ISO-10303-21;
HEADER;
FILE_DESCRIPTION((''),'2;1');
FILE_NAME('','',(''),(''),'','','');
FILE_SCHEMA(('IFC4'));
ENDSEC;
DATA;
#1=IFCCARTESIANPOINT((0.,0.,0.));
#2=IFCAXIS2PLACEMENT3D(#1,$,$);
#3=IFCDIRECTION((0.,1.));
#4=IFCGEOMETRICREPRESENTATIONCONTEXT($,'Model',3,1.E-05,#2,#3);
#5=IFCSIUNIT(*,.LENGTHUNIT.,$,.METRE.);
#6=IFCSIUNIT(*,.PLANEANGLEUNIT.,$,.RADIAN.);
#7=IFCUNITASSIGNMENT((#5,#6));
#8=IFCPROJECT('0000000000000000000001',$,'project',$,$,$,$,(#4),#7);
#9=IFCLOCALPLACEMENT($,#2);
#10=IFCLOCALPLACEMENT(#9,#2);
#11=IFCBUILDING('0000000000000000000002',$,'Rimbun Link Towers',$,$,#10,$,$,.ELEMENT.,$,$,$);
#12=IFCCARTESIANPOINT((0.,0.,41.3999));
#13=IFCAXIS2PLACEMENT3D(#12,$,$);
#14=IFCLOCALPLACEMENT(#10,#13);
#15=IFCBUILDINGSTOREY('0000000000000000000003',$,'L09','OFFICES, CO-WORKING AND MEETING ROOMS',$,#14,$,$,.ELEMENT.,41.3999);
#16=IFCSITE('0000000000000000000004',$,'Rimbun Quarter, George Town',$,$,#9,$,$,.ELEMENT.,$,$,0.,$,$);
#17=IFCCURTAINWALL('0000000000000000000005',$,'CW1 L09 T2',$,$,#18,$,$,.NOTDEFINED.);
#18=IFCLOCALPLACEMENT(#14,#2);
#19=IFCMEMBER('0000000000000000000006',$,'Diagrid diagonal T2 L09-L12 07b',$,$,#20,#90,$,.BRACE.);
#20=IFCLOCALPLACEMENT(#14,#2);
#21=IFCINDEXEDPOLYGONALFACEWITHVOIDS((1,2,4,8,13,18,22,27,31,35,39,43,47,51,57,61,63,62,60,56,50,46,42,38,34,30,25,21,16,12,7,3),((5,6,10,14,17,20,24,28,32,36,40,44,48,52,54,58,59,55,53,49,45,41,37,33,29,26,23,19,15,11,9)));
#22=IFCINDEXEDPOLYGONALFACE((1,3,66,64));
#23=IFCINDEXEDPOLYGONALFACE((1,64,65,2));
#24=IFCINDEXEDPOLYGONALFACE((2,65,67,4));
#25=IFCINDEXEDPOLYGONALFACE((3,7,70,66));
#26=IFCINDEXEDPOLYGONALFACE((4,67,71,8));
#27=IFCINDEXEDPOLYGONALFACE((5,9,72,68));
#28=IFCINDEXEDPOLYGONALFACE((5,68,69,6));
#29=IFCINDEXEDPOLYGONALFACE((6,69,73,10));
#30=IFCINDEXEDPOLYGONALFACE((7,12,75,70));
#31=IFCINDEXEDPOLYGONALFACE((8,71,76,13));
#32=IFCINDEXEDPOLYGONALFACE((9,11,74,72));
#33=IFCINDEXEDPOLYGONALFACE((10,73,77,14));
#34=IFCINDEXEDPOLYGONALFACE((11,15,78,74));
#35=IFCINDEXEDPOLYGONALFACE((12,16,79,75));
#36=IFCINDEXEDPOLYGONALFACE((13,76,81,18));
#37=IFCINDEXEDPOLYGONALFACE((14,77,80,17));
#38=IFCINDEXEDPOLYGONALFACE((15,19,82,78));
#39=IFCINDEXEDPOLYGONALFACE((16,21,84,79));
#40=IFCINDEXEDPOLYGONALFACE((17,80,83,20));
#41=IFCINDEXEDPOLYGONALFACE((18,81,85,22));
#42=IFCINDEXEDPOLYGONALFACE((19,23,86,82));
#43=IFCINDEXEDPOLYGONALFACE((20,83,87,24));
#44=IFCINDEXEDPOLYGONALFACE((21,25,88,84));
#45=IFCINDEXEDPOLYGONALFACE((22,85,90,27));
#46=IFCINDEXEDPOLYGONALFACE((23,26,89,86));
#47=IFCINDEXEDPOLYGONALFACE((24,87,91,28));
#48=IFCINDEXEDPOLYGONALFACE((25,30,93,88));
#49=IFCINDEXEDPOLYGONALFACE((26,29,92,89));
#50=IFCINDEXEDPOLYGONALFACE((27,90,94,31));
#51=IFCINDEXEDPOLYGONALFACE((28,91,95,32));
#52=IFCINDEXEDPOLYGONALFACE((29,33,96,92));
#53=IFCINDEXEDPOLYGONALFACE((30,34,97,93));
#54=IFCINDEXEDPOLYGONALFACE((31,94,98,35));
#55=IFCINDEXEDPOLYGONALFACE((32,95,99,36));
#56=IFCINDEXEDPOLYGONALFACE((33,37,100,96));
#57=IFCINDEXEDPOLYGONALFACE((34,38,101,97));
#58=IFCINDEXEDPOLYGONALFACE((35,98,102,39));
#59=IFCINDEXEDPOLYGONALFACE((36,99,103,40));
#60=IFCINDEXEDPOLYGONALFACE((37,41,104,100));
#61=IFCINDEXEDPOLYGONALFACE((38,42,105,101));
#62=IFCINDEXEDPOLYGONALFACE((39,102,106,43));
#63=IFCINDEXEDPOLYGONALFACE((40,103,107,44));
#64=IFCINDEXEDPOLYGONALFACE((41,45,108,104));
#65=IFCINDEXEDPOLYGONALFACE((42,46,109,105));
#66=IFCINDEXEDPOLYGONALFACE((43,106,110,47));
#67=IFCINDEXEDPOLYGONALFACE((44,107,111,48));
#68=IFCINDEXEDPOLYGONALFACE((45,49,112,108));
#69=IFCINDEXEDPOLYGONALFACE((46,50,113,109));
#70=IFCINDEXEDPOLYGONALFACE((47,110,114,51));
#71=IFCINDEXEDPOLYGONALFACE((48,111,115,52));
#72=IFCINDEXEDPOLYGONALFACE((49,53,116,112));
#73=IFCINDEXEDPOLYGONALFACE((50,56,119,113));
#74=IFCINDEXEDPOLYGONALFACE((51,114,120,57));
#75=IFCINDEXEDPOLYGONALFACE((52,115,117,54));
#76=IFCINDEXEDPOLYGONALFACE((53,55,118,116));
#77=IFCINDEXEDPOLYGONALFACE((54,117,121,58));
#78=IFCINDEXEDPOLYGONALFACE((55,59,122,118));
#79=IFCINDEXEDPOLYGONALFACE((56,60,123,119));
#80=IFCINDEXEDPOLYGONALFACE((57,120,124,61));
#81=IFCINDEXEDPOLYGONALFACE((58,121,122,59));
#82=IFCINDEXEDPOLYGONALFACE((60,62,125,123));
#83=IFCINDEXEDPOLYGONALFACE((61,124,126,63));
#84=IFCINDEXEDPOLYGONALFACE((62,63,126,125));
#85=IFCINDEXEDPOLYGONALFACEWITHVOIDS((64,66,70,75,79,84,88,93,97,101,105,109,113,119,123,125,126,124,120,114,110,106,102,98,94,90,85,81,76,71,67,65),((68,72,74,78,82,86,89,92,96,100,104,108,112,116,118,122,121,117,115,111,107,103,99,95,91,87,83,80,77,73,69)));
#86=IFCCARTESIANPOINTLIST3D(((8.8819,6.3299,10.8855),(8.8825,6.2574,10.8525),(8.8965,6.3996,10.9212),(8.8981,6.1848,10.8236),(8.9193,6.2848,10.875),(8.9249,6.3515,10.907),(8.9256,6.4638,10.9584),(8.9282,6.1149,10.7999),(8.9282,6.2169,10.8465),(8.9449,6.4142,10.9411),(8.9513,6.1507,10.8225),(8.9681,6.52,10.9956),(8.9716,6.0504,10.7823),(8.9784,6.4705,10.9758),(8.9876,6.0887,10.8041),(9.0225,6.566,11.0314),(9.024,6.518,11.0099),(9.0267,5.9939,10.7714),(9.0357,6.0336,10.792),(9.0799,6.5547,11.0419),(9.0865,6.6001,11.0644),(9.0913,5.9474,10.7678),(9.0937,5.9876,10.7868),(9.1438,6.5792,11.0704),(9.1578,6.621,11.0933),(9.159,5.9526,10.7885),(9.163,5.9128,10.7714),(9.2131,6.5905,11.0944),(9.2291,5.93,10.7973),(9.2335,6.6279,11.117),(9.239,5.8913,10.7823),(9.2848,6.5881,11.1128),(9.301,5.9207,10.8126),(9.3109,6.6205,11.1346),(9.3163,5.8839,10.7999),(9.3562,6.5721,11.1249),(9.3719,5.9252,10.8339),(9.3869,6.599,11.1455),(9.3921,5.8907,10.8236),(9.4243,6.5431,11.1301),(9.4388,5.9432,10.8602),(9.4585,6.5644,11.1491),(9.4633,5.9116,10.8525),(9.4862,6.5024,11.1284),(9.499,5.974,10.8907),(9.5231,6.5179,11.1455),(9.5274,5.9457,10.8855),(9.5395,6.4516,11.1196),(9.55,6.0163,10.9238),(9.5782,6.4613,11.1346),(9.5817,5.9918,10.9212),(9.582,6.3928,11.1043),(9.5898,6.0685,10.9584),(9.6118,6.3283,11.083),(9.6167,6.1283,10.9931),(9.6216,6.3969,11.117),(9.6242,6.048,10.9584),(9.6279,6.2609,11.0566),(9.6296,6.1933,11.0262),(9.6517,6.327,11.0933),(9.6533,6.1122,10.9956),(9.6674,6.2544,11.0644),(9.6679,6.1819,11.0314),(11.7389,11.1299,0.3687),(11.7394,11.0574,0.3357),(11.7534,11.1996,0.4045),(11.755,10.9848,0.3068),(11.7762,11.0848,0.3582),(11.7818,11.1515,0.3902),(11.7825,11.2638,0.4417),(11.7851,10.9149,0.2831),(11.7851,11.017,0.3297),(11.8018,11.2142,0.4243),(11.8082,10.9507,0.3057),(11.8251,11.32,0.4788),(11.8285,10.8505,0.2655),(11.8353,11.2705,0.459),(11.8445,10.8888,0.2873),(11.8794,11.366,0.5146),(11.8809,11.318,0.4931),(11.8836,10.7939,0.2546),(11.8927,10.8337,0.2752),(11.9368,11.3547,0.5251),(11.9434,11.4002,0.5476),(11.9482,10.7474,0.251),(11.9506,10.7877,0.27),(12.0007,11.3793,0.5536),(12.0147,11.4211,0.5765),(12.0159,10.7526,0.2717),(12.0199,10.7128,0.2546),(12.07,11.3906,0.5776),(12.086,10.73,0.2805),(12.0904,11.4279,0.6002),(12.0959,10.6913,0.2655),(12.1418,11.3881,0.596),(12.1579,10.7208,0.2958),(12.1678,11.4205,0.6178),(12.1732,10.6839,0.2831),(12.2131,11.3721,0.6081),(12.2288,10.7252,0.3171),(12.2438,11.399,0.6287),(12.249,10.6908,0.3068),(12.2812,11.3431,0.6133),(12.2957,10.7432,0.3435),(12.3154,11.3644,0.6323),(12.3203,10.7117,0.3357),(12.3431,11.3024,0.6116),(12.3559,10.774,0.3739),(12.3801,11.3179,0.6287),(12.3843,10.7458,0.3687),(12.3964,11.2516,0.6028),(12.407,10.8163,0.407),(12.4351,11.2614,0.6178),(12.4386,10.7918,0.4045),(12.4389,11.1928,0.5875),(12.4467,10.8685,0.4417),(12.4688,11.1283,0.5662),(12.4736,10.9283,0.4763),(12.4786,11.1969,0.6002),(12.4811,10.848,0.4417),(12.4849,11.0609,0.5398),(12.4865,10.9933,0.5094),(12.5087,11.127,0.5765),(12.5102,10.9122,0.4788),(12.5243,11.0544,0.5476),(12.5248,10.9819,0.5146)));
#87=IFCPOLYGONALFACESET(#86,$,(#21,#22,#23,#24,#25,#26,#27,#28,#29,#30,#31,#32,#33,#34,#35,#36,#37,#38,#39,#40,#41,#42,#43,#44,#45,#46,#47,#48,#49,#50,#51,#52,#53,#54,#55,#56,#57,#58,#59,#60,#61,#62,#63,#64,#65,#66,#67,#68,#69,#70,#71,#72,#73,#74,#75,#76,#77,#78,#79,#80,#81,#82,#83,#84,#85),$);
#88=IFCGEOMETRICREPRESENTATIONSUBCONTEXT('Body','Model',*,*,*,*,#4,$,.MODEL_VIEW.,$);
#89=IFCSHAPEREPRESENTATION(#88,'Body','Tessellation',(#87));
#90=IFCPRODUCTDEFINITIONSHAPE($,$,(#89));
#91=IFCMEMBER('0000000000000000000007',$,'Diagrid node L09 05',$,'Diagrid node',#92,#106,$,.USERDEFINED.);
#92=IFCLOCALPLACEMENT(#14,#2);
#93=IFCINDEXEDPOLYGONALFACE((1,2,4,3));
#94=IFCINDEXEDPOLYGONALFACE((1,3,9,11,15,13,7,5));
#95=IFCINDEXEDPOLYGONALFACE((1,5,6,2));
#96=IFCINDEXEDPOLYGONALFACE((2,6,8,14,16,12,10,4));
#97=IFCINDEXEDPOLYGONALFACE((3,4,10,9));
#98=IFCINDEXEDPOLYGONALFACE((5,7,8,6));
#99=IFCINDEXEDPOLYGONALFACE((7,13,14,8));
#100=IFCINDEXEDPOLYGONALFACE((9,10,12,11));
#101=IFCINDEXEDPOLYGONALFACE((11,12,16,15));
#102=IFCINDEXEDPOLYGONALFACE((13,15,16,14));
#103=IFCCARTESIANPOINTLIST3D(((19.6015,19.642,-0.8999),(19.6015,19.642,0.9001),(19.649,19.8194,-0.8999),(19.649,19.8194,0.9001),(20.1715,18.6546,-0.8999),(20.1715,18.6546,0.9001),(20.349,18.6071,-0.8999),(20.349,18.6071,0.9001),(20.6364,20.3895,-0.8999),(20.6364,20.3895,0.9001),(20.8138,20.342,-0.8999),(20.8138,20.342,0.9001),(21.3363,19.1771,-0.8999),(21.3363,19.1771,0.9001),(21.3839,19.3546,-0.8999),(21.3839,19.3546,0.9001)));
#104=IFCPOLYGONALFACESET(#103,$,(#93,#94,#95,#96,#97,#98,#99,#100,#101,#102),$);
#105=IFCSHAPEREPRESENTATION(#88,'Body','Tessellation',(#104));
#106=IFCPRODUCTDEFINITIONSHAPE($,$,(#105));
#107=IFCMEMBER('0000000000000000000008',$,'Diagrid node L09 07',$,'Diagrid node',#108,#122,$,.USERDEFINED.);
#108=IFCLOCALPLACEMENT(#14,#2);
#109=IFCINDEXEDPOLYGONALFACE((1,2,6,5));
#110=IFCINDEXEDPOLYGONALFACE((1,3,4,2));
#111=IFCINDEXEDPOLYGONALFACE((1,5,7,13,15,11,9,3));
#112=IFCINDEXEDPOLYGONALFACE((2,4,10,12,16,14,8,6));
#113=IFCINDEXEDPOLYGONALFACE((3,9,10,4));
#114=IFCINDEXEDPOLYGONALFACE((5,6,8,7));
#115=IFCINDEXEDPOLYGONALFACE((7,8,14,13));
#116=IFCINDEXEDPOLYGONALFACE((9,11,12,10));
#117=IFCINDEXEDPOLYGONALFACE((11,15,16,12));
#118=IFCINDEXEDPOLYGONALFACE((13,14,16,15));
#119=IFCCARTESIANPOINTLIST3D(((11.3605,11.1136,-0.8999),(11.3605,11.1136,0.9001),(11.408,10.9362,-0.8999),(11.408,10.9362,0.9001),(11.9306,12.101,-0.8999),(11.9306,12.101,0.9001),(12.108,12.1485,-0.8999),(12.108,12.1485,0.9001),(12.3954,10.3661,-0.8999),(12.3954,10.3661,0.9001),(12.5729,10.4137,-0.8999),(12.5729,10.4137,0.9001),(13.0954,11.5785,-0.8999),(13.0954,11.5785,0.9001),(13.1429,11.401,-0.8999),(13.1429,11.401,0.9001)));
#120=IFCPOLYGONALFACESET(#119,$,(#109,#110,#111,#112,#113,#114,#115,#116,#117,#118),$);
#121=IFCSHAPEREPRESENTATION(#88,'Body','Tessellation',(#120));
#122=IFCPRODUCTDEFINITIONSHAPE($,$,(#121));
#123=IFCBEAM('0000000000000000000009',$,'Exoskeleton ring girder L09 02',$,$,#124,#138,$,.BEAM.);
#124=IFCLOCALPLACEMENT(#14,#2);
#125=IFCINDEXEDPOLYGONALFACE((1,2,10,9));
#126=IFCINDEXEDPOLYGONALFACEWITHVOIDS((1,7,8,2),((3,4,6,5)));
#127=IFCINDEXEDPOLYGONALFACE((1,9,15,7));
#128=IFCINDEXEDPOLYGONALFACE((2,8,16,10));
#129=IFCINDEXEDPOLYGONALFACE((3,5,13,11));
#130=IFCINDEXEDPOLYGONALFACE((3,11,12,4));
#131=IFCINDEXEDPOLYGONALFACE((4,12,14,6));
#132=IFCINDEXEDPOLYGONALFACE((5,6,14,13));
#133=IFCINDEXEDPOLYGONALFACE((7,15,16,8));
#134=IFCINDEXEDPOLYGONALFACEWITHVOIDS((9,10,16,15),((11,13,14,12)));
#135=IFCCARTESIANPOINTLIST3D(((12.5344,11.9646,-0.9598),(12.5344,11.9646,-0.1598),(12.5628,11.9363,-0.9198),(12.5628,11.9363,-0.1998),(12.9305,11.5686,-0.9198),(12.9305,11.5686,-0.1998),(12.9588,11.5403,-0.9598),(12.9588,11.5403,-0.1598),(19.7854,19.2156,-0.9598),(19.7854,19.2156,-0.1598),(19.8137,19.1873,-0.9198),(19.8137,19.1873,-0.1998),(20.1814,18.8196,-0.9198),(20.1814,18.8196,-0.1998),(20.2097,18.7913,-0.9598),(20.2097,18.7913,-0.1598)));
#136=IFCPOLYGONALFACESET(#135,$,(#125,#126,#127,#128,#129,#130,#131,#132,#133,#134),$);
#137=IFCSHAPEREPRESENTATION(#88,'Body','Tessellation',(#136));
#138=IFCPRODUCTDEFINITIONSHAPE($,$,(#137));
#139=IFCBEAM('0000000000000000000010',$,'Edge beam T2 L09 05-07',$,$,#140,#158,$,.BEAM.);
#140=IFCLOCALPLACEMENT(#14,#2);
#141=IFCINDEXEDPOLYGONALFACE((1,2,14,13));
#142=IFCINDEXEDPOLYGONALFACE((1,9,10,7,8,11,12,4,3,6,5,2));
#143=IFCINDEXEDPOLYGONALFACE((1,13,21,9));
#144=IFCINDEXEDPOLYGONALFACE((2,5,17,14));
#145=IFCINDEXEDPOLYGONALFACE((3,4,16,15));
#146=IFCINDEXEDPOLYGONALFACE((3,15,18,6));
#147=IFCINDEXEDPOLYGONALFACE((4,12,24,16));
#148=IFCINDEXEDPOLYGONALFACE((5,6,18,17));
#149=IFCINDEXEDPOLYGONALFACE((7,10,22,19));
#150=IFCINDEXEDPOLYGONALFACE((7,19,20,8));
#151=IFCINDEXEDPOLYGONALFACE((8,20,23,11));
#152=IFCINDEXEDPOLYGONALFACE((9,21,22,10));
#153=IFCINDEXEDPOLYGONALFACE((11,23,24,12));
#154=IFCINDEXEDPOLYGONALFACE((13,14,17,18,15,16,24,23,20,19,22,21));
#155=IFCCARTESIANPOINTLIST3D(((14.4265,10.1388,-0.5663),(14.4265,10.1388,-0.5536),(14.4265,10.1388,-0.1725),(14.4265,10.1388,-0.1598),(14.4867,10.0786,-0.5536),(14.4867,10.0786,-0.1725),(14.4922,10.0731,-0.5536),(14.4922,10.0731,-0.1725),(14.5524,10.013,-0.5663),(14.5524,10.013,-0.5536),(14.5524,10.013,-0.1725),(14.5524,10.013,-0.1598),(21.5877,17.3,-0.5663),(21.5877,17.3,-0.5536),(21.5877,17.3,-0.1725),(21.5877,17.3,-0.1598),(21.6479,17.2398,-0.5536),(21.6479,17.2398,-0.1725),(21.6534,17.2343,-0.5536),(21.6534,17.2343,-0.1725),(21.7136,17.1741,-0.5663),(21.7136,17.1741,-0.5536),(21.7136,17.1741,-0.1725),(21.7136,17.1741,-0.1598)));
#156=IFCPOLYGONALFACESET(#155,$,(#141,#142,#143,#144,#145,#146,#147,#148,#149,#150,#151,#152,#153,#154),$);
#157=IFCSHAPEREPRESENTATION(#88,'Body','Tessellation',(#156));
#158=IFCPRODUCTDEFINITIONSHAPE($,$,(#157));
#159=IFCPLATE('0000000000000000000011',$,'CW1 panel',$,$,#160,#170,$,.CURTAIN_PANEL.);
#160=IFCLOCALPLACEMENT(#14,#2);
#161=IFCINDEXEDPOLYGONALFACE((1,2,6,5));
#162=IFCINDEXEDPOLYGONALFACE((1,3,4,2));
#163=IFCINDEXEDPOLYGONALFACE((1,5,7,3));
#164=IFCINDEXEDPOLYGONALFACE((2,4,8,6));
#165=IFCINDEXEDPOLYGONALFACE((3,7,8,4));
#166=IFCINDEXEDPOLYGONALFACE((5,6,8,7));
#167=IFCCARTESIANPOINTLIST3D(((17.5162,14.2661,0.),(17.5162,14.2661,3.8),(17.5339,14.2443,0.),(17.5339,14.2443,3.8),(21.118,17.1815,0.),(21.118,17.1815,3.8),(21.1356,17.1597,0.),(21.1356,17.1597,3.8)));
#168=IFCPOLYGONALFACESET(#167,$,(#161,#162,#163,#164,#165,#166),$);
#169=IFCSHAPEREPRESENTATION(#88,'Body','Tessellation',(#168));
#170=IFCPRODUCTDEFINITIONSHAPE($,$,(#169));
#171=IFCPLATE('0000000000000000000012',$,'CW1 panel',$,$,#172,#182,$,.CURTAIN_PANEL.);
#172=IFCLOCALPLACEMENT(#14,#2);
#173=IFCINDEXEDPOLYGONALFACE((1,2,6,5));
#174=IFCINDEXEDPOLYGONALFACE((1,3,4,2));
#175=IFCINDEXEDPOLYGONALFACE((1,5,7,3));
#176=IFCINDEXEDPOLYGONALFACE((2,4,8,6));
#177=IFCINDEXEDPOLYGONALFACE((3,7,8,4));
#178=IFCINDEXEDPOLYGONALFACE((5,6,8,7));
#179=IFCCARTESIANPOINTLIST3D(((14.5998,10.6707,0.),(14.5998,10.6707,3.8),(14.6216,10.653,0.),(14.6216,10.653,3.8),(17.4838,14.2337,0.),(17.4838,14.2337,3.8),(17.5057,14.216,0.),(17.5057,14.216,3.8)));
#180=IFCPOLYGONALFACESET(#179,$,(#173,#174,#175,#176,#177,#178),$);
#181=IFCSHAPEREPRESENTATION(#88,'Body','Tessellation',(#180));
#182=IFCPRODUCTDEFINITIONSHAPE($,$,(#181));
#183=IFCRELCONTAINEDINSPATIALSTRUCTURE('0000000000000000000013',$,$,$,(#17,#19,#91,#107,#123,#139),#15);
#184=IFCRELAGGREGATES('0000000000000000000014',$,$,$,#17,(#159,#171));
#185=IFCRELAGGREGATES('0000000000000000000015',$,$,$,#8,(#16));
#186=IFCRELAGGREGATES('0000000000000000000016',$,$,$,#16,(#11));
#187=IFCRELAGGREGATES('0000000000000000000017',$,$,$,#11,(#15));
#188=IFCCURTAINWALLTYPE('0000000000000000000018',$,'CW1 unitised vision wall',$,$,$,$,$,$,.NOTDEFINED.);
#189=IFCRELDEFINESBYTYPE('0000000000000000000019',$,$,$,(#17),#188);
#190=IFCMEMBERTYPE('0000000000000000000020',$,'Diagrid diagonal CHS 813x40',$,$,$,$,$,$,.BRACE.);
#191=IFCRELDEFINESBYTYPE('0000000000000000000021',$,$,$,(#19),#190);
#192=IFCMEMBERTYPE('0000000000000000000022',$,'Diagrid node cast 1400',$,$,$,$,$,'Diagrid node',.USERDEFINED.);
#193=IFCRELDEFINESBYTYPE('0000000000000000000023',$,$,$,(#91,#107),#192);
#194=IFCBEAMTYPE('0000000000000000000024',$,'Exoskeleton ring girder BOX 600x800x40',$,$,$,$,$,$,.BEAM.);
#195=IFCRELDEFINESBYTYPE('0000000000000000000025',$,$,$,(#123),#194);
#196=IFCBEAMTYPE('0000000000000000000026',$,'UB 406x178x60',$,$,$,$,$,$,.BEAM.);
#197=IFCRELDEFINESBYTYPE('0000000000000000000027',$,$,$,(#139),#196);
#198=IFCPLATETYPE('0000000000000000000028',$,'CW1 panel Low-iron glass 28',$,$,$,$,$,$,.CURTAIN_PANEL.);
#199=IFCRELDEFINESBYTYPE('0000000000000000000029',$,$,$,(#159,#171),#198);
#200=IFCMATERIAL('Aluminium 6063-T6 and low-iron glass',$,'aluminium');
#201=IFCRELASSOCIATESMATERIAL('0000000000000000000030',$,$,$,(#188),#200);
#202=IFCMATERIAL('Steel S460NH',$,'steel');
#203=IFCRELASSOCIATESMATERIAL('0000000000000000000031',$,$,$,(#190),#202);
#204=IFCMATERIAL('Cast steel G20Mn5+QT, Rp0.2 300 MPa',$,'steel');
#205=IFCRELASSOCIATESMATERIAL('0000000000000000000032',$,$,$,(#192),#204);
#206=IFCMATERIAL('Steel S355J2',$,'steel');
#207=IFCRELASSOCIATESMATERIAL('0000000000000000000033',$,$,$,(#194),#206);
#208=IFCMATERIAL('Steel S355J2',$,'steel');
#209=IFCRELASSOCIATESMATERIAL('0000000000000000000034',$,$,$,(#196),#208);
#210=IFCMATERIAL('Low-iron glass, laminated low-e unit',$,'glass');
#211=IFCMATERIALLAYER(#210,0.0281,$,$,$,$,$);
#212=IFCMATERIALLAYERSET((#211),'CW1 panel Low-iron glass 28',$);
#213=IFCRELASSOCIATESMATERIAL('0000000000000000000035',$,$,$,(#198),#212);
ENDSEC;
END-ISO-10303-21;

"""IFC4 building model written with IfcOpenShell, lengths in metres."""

from ifc_helpers import new_model, si_unit, direction, frame, origin, origin_2d, place, context, subcontext, project, spatial, polyline, rectangle, hollow_rectangle, hollow_circle, i_section, outline, extrude, material, layer, layer_set, material_profile, profile_set, type_object, element, aggregate, save


model = new_model("IFC4")

# Units and contexts
model_context = context("Model", 3, precision=1e-05, world=origin(), true_north=direction((0.0, 1.0)))
body_context = subcontext(model_context, "Body", "Model", "MODEL_VIEW")
ifc_project = project(units=[si_unit("LENGTHUNIT", "METRE"), si_unit("PLANEANGLEUNIT", "RADIAN")], contexts=[model_context])

# Site, building, storey
site_placement = place(None, origin())
site = spatial("IfcSite", under=ifc_project, at=site_placement, Name="Rimbun Quarter, George Town", CompositionType="ELEMENT", RefElevation=0.0)
building_placement = place(site_placement, origin())
building = spatial("IfcBuilding", under=site, at=building_placement, Name="Rimbun Link Towers", CompositionType="ELEMENT")
storey_placement = place(building_placement, frame((0.0, 0.0, 41.3999)))
storey = spatial("IfcBuildingStorey", under=building, at=storey_placement, Name="L09", Description="OFFICES, CO-WORKING AND MEETING ROOMS", CompositionType="ELEMENT", Elevation=41.3999)

# Curtain wall
ifc_material_1 = material(Name="Aluminium 6063-T6 and low-iron glass", Category="aluminium")
curtain_wall_type = type_object("IfcCurtainWallType", Name="CW1 unitised vision wall", PredefinedType="NOTDEFINED", material=ifc_material_1)
curtain_wall_placement = place(storey_placement, origin())
curtain_wall = element("IfcCurtainWall", 1, at=curtain_wall_placement, inside=storey, type_object=curtain_wall_type, Name="CW1 L09 T2", PredefinedType="NOTDEFINED")

# Members
ifc_material_2 = material(Name="Steel S460NH", Category="steel")
ifc_material_profile_1 = material_profile(ifc_material_2, hollow_circle(Radius=0.4065, WallThickness=0.04, at=origin_2d()), Name="Diagrid diagonal CHS 813x40")
ifc_profile_set_1 = profile_set([ifc_material_profile_1], Name="Steel S460NH")
member_type_1 = type_object("IfcMemberType", Name="Diagrid diagonal CHS 813x40", PredefinedType="BRACE", material=ifc_profile_set_1)
member_1_placement = place(storey_placement, frame((12.1318, 11.0559, 0.4417), z_axis=(-0.239912, -0.403086, 0.883156), x_axis=(0.859312, -0.511452, 0.0)))
element("IfcMember", 2, at=member_1_placement, inside=storey, type_object=member_type_1, Name="Diagrid diagonal T2 L09-L12 07b", PredefinedType="BRACE", context=body_context, shape_type="SweptSolid", body=[
    extrude(hollow_circle(Radius=0.4065, WallThickness=0.04, at=origin_2d()), origin(), (0.0, 0.0, 1.0), 11.9082),
])
ifc_material_3 = material(Name="Cast steel G20Mn5+QT, Rp0.2 300 MPa", Category="steel")
ifc_material_profile_2 = material_profile(ifc_material_3, outline(polyline([(0.7, -0.5701), (0.7, 0.5701), (0.5701, 0.7), (-0.5701, 0.7), (-0.7, 0.5701), (-0.7, -0.5701), (-0.5701, -0.7), (0.5701, -0.7), (0.7, -0.5701)])), Name="NODE 1400x1400")
ifc_profile_set_2 = profile_set([ifc_material_profile_2], Name="Cast steel G20Mn5+QT, Rp0.2 300 MPa")
member_type_2 = type_object("IfcMemberType", Name="Diagrid node cast 1400", ElementType="Diagrid node", PredefinedType="USERDEFINED", material=ifc_profile_set_2)
for number, where, z_axis, x_axis, name in (
    (3, (20.4927, 19.4983, -0.8999), (0.0, 0.0, 1.0), (-0.5, 0.866025, 0.0), "Diagrid node L09 05"),
    (4, (12.2517, 11.2573, -0.8999), (0.0, 0.0, 1.0), (-0.866025, 0.5, 0.0), "Diagrid node L09 07"),
):
    element("IfcMember", number, at=place(storey_placement, frame(where, z_axis=z_axis, x_axis=x_axis)), inside=storey, type_object=member_type_2, Name=name, ObjectType="Diagrid node", PredefinedType="USERDEFINED", context=body_context, shape_type="SweptSolid", body=[
        extrude(outline(polyline([(0.7, -0.5701), (0.7, 0.5701), (0.5701, 0.7), (-0.5701, 0.7), (-0.7, 0.5701), (-0.7, -0.5701), (-0.5701, -0.7), (0.5701, -0.7), (0.7, -0.5701)])), origin(), (0.0, 0.0, 1.0), 1.8),
    ])

# Beams
ifc_material_4 = material(Name="Steel S355J2", Category="steel")
ifc_material_profile_3 = material_profile(ifc_material_4, hollow_rectangle(XDim=0.6001, YDim=0.8, WallThickness=0.04, at=origin_2d()), Name="Exoskeleton ring girder BOX 600x800x40")
ifc_profile_set_3 = profile_set([ifc_material_profile_3], Name="Steel S355J2")
beam_type_1 = type_object("IfcBeamType", Name="Exoskeleton ring girder BOX 600x800x40", PredefinedType="BEAM", material=ifc_profile_set_3)
beam_1_placement = place(storey_placement, frame((19.9976, 19.0034, -0.5598), z_axis=(-0.707107, -0.707107, 0.0), x_axis=(0.707107, -0.707107, 0.0)))
element("IfcBeam", 5, at=beam_1_placement, inside=storey, type_object=beam_type_1, Name="Exoskeleton ring girder L09 02", PredefinedType="BEAM", context=body_context, shape_type="SweptSolid", body=[
    extrude(hollow_rectangle(XDim=0.6001, YDim=0.8, WallThickness=0.04, at=origin_2d()), origin(), (0.0, 0.0, 1.0), 10.2544),
])
ifc_material_5 = material(Name="Steel S355J2", Category="steel")
ifc_material_profile_4 = material_profile(ifc_material_5, i_section(OverallWidth=0.178, OverallDepth=0.4065, WebThickness=0.0078, FlangeThickness=0.0127, at=origin_2d()), Name="UB 406x178x60")
ifc_profile_set_4 = profile_set([ifc_material_profile_4], Name="Steel S355J2")
beam_type_2 = type_object("IfcBeamType", Name="UB 406x178x60", PredefinedType="BEAM", material=ifc_profile_set_4)
beam_2_placement = place(storey_placement, frame((21.6506, 17.2371, -0.363), z_axis=(-0.707107, -0.707107, 0.0), x_axis=(0.707107, -0.707107, 0.0)))
element("IfcBeam", 6, at=beam_2_placement, inside=storey, type_object=beam_type_2, Name="Edge beam T2 L09 05-07", PredefinedType="BEAM", context=body_context, shape_type="SweptSolid", body=[
    extrude(i_section(OverallWidth=0.178, OverallDepth=0.4065, WebThickness=0.0078, FlangeThickness=0.0127, at=origin_2d()), origin(), (0.0, 0.0, 1.0), 10.1274),
])

# Plates
ifc_material_6 = material(Name="Low-iron glass, laminated low-e unit", Category="glass")
ifc_layer_1 = layer(ifc_material_6, 0.0281)
ifc_layer_set_1 = layer_set([ifc_layer_1], Name="CW1 panel Low-iron glass 28")
plate_type = type_object("IfcPlateType", Name="CW1 panel Low-iron glass 28", PredefinedType="CURTAIN_PANEL", material=ifc_layer_set_1)
plate_1_placement = place(storey_placement, frame((19.3259, 15.7129, 0.0), z_axis=(0.0, 0.0, 1.0), x_axis=(0.77728, 0.629155, 0.0)))
plate_1 = element("IfcPlate", 7, at=plate_1_placement, type_object=plate_type, Name="CW1 panel", PredefinedType="CURTAIN_PANEL", context=body_context, shape_type="SweptSolid", body=[
    extrude(rectangle(XDim=4.6338, YDim=0.0281, at=origin_2d()), origin(), (0.0, 0.0, 1.0), 3.8),
])
plate_2_placement = place(storey_placement, frame((16.0527, 12.4434, 0.0), z_axis=(0.0, 0.0, 1.0), x_axis=(0.629155, 0.77728, 0.0)))
plate_2 = element("IfcPlate", 8, at=plate_2_placement, type_object=plate_type, Name="CW1 panel", PredefinedType="CURTAIN_PANEL", context=body_context, shape_type="SweptSolid", body=[
    extrude(rectangle(XDim=4.584, YDim=0.0281, at=origin_2d()), origin(), (0.0, 0.0, 1.0), 3.8),
])
aggregate(curtain_wall, [plate_1, plate_2])

save(model, "model.ifc")
